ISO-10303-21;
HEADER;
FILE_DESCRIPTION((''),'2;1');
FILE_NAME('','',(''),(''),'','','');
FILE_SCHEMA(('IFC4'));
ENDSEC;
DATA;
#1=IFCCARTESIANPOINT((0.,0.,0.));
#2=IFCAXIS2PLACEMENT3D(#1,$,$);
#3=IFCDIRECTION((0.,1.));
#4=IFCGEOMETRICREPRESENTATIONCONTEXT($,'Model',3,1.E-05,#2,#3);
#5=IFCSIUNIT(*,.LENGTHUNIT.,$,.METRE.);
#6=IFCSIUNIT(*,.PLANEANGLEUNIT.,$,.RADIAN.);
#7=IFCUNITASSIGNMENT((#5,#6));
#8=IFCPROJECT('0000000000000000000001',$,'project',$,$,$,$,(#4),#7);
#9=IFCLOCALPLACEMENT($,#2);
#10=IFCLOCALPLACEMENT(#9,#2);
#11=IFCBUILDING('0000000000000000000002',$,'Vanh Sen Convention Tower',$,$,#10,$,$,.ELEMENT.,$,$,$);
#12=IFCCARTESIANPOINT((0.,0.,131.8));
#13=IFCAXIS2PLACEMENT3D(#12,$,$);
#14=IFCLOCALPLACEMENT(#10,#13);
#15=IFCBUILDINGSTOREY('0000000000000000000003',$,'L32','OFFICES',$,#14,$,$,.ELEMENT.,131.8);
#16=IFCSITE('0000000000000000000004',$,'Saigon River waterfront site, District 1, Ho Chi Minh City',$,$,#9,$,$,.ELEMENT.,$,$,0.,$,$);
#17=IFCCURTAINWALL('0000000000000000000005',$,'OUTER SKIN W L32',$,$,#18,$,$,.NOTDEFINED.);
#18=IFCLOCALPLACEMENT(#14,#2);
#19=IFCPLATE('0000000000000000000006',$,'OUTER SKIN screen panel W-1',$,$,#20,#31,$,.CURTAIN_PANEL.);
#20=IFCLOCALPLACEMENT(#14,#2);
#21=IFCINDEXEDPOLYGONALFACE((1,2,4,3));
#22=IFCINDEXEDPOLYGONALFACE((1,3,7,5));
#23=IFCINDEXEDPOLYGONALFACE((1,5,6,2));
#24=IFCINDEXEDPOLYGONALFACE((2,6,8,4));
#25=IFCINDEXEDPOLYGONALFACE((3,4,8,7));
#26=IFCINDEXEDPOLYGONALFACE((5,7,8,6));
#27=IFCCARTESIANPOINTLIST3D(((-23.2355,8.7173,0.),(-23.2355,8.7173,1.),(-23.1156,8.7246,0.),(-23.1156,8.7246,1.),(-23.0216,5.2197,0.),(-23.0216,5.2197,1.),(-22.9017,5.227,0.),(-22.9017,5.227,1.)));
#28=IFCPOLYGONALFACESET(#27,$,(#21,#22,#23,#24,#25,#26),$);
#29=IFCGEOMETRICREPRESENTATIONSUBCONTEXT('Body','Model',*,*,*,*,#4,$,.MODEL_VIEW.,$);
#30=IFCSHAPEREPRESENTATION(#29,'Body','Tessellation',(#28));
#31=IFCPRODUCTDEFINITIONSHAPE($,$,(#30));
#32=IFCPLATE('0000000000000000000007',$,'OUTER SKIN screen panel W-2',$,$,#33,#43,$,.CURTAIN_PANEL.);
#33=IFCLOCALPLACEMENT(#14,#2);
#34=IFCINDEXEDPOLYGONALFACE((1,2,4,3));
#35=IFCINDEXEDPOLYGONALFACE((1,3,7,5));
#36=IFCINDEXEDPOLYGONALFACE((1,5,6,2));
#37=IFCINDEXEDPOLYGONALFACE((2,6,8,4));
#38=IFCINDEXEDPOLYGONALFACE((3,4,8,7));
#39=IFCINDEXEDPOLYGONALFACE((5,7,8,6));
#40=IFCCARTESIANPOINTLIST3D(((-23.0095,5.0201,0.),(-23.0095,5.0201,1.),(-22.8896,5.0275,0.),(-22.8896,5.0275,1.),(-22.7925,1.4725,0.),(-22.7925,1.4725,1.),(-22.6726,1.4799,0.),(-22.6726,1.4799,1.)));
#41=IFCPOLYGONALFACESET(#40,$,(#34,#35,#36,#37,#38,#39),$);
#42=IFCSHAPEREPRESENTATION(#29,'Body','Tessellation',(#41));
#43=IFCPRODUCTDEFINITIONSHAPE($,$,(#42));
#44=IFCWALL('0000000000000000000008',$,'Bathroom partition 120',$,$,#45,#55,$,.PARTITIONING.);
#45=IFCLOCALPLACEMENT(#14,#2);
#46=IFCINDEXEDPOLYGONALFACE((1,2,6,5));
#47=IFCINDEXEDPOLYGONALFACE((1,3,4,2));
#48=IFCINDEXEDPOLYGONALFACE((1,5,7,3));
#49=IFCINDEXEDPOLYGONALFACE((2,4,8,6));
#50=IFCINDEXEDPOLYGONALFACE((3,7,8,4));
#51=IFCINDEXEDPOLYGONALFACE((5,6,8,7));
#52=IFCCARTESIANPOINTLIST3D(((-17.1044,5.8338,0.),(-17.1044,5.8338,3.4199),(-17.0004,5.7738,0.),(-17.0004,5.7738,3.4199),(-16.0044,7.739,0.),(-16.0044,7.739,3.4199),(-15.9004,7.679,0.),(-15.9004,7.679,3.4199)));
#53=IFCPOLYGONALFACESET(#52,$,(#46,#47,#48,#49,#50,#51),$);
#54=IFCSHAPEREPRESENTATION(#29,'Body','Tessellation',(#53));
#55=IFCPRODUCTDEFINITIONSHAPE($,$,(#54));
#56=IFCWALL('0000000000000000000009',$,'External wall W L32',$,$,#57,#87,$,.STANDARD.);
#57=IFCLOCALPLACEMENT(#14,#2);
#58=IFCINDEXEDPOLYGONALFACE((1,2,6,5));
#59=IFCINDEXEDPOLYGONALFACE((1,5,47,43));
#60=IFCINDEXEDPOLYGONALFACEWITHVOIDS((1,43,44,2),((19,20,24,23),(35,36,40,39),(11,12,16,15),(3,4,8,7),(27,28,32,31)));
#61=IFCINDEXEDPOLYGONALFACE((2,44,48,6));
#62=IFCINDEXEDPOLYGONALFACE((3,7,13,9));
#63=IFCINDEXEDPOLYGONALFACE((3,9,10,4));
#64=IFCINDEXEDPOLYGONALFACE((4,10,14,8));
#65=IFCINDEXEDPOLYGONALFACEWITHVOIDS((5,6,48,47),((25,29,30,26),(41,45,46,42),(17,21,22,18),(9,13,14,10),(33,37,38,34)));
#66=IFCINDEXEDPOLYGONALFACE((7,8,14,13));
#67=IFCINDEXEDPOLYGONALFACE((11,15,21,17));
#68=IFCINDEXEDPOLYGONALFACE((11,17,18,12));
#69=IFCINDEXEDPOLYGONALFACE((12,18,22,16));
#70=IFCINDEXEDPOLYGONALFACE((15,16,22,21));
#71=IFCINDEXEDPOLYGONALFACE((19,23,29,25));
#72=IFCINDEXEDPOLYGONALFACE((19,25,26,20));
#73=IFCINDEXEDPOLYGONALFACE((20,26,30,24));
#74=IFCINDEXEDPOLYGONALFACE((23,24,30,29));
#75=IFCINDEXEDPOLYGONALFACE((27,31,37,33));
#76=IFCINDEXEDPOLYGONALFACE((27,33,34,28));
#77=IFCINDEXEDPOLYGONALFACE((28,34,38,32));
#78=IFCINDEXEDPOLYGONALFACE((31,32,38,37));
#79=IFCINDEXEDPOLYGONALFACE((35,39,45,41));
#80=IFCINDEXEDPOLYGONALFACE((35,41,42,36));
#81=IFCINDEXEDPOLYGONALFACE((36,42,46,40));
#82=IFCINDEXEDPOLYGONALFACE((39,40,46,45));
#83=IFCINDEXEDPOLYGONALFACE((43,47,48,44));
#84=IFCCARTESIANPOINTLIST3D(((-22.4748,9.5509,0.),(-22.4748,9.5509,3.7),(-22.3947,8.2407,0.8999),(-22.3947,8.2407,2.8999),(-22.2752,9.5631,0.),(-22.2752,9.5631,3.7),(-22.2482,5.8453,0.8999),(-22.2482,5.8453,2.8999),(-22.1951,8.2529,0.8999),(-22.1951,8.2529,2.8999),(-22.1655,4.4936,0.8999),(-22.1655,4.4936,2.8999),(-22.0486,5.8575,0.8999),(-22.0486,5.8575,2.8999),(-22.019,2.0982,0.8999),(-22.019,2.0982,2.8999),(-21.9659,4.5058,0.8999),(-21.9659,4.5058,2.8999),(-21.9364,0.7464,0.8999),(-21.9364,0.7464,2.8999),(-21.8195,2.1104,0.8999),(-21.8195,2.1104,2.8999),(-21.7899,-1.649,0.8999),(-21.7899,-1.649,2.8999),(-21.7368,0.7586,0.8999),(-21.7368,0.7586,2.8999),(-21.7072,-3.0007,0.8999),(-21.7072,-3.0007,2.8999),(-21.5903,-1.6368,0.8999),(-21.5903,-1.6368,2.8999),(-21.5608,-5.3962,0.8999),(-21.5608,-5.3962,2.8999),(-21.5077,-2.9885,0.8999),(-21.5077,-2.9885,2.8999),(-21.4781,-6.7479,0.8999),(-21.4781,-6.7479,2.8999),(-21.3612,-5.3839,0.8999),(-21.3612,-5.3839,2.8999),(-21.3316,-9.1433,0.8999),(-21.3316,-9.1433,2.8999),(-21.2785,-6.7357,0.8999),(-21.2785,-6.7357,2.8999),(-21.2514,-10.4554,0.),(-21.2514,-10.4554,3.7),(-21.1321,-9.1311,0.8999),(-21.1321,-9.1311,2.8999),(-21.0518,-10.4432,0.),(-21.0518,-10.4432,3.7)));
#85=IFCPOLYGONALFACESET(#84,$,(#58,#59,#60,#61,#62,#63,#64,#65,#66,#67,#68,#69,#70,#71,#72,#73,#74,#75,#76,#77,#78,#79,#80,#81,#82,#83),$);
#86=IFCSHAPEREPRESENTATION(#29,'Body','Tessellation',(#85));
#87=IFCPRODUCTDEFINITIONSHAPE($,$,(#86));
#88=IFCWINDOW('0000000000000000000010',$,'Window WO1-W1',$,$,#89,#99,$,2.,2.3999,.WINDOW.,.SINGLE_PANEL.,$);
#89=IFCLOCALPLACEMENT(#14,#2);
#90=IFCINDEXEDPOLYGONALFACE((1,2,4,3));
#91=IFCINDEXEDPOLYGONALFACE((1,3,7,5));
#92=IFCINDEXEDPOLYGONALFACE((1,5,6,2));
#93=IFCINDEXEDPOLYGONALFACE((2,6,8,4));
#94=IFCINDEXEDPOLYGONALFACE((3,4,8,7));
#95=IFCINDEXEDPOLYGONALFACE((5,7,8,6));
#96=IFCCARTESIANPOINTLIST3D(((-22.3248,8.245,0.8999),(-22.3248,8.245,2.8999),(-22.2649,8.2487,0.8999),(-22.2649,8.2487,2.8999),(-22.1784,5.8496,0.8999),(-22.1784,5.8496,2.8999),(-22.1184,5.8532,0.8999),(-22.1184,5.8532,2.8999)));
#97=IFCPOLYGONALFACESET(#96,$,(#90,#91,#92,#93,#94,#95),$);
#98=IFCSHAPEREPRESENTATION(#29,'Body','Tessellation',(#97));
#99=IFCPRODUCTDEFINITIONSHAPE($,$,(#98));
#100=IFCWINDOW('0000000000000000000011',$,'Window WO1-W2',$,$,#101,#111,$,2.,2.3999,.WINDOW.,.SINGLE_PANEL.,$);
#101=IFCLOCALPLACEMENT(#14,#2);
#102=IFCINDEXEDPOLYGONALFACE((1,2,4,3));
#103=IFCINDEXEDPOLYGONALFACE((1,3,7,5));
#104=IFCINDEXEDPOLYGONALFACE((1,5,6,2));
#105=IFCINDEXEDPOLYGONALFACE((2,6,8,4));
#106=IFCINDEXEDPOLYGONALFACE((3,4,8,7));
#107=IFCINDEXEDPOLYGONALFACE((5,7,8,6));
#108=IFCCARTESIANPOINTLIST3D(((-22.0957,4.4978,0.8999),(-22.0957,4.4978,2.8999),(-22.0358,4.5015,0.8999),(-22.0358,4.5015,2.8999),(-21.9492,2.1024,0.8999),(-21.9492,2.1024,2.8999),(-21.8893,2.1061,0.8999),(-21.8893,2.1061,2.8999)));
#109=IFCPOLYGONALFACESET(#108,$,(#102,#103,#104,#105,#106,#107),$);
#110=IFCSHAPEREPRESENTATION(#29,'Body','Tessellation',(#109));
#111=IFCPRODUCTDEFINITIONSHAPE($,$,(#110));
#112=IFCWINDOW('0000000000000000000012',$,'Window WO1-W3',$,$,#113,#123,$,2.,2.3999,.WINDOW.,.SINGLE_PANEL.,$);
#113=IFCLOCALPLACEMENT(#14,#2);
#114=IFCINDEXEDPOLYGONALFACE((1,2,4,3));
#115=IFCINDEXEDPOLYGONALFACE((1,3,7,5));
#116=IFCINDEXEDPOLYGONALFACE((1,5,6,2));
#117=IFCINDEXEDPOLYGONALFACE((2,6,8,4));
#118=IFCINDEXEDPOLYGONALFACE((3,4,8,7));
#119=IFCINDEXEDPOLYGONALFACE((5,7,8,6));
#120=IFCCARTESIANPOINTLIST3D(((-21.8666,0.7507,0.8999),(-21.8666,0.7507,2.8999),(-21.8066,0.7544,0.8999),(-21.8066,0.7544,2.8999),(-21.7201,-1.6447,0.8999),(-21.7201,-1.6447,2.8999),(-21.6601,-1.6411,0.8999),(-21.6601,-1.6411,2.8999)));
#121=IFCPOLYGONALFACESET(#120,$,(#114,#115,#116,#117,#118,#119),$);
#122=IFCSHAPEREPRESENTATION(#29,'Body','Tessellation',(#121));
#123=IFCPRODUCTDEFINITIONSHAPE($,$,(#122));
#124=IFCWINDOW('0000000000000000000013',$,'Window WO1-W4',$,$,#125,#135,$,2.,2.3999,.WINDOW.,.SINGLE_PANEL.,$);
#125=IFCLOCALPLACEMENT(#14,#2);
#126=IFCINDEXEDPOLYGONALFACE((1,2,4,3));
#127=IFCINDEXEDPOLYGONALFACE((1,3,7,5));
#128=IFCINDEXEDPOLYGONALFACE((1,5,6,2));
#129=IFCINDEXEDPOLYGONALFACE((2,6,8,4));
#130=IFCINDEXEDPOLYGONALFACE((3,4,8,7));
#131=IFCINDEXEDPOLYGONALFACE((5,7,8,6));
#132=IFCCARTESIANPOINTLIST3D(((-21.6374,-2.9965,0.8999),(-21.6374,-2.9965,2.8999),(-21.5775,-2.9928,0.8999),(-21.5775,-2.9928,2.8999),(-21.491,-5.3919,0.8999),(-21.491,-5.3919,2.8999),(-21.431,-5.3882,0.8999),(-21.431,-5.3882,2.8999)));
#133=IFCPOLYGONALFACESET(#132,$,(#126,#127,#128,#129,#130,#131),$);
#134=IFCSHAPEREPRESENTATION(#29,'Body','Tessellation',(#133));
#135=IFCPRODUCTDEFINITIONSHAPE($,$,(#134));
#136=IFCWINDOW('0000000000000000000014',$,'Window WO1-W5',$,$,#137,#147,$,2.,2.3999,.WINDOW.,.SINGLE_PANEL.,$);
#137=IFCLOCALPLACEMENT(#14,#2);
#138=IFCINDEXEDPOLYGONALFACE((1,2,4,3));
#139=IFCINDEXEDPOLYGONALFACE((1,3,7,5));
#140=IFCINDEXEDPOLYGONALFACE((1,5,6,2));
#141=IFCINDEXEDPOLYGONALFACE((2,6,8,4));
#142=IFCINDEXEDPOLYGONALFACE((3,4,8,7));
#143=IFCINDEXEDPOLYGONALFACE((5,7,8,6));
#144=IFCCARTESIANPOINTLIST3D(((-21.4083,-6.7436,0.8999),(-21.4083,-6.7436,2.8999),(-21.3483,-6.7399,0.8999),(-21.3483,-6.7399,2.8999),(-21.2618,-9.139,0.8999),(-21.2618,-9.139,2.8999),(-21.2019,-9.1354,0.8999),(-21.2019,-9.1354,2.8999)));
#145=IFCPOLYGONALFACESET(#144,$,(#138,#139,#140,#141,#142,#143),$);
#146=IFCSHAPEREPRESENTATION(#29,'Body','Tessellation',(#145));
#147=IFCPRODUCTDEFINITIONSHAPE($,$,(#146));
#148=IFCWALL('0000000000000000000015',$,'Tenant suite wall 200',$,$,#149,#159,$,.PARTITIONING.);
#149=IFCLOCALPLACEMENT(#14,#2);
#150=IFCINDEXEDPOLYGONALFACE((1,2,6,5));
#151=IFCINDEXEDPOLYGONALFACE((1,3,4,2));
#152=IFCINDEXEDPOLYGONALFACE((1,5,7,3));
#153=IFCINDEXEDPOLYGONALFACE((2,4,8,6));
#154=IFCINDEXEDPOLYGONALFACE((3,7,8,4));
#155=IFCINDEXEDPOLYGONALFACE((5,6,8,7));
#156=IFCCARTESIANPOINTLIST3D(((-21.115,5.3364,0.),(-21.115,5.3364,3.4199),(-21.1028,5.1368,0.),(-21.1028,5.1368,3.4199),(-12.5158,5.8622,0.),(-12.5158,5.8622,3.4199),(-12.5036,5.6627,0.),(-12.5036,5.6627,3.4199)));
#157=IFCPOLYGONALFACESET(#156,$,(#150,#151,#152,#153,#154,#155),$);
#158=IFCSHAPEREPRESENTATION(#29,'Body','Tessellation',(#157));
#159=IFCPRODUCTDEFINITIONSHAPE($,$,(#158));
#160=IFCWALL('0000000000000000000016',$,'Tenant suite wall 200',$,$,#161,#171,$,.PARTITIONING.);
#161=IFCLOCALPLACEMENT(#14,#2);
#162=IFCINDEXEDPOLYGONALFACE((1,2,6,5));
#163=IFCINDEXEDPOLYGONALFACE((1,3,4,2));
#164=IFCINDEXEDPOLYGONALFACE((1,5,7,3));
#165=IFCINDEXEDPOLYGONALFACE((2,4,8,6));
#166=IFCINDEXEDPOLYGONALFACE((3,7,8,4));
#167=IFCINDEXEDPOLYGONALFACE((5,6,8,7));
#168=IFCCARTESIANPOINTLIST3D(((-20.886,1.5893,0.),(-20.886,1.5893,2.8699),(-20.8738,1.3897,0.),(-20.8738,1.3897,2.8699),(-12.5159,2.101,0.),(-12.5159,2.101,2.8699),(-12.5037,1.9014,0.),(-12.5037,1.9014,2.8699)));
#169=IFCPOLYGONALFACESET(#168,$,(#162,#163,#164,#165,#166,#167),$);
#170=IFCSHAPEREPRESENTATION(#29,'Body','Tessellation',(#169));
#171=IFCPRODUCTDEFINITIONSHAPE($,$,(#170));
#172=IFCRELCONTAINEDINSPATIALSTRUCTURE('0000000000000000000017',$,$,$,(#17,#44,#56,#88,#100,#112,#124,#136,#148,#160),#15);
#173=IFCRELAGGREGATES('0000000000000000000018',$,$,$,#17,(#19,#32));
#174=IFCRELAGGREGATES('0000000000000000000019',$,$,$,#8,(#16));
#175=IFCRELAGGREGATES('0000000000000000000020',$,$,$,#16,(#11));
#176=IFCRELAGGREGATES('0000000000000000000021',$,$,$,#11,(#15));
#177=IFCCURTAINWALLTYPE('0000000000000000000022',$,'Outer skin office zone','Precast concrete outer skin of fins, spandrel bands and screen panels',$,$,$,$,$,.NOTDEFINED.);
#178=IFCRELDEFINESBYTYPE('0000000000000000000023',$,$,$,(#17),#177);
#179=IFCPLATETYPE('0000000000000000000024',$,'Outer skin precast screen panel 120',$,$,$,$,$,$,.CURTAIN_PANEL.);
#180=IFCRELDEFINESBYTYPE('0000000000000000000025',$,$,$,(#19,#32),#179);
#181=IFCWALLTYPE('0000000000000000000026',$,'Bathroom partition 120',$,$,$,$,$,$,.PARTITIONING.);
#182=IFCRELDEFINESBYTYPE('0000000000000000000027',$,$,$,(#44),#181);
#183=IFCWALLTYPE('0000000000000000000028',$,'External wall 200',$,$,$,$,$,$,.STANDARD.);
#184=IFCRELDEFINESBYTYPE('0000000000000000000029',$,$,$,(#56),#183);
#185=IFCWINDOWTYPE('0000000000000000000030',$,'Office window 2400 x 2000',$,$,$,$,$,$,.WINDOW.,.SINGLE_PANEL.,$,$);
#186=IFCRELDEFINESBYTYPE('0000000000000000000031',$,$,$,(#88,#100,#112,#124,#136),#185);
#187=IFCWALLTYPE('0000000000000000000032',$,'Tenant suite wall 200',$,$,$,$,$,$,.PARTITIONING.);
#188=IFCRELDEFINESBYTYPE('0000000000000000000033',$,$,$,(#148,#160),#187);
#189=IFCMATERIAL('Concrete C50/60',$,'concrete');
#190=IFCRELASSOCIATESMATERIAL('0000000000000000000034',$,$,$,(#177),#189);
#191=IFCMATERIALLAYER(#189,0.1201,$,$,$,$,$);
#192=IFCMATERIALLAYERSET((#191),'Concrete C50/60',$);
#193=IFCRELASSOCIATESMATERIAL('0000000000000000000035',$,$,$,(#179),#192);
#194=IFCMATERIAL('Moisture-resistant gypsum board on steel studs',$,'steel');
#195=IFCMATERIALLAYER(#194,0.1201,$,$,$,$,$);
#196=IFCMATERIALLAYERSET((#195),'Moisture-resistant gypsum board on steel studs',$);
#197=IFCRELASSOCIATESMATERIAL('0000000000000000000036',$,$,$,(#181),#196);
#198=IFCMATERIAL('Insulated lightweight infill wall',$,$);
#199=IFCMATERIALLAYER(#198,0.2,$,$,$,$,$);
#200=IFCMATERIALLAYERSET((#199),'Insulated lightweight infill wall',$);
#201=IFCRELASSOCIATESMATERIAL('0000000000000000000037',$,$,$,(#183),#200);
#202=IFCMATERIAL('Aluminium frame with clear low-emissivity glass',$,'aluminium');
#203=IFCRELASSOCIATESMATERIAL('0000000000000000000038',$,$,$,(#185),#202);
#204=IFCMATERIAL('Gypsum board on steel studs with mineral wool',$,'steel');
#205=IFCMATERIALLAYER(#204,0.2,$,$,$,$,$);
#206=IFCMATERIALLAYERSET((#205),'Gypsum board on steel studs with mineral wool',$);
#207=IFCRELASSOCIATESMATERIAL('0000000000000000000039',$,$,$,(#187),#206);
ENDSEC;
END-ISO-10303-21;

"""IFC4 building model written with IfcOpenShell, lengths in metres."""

from ifc_helpers import new_model, si_unit, direction, frame, frame_2d, origin, origin_2d, place, context, subcontext, project, spatial, rectangle, extrude, material, layer, layer_set, type_object, element, fill, aggregate, save


model = new_model("IFC4")

# Units and contexts
model_context = context("Model", 3, precision=1e-05, world=origin(), true_north=direction((0.0, 1.0)))
body_context = subcontext(model_context, "Body", "Model", "MODEL_VIEW")
ifc_project = project(units=[si_unit("LENGTHUNIT", "METRE"), si_unit("PLANEANGLEUNIT", "RADIAN")], contexts=[model_context])

# Site, building, storey
site_placement = place(None, origin())
site = spatial("IfcSite", under=ifc_project, at=site_placement, Name="Saigon River waterfront site, District 1, Ho Chi Minh City", CompositionType="ELEMENT", RefElevation=0.0)
building_placement = place(site_placement, origin())
building = spatial("IfcBuilding", under=site, at=building_placement, Name="Vanh Sen Convention Tower", CompositionType="ELEMENT")
storey_placement = place(building_placement, frame((0.0, 0.0, 131.8)))
storey = spatial("IfcBuildingStorey", under=building, at=storey_placement, Name="L32", Description="OFFICES", CompositionType="ELEMENT", Elevation=131.8)

# Curtain wall
ifc_material_1 = material(Name="Concrete C50/60", Category="concrete")
curtain_wall_type = type_object("IfcCurtainWallType", Name="Outer skin office zone", Description="Precast concrete outer skin of fins, spandrel bands and screen panels", PredefinedType="NOTDEFINED", material=ifc_material_1)
curtain_wall_1_placement = place(storey_placement, origin())
curtain_wall_1 = element("IfcCurtainWall", 1, at=curtain_wall_1_placement, inside=storey, type_object=curtain_wall_type, Name="OUTER SKIN W L32", PredefinedType="NOTDEFINED")

# Shared definitions
ifc_layer_1 = layer(ifc_material_1, 0.1201)
ifc_layer_set_1 = layer_set([ifc_layer_1], Name="Concrete C50/60")
plate_type = type_object("IfcPlateType", Name="Outer skin precast screen panel 120", PredefinedType="CURTAIN_PANEL", material=ifc_layer_set_1)

# Plates
plate_1_placement = place(storey_placement, frame((-23.0686, 6.9722, 0.0), z_axis=(0.0, 0.0, 1.0), x_axis=(0.061054, -0.998134, 0.0)))
plate_1 = element("IfcPlate", 2, at=plate_1_placement, type_object=plate_type, Name="OUTER SKIN screen panel W-1", PredefinedType="CURTAIN_PANEL", context=body_context, shape_type="SweptSolid", body=[
    extrude(rectangle(XDim=3.5042, YDim=0.1201, at=origin_2d()), origin(), (0.0, 0.0, 1.0), 1.0),
])
plate_2_placement = place(storey_placement, frame((-22.8411, 3.25, 0.0), z_axis=(0.0, 0.0, 1.0), x_axis=(0.061052, -0.998135, 0.0)))
plate_2 = element("IfcPlate", 3, at=plate_2_placement, type_object=plate_type, Name="OUTER SKIN screen panel W-2", PredefinedType="CURTAIN_PANEL", context=body_context, shape_type="SweptSolid", body=[
    extrude(rectangle(XDim=3.5542, YDim=0.1201, at=origin_2d()), origin(), (0.0, 0.0, 1.0), 1.0),
])
aggregate(curtain_wall_1, [plate_1, plate_2])

# Wall
ifc_material_2 = material(Name="Moisture-resistant gypsum board on steel studs", Category="steel")
ifc_layer_2 = layer(ifc_material_2, 0.1201)
ifc_layer_set_2 = layer_set([ifc_layer_2], Name="Moisture-resistant gypsum board on steel studs")
wall_type_1 = type_object("IfcWallType", Name="Bathroom partition 120", PredefinedType="PARTITIONING", material=ifc_layer_set_2)
wall_1_placement = place(storey_placement, frame((-17.0525, 5.8037, 0.0), z_axis=(0.0, 0.0, 1.0), x_axis=(0.50003, 0.866008, 0.0)))
element("IfcWall", 4, at=wall_1_placement, inside=storey, type_object=wall_type_1, Name="Bathroom partition 120", PredefinedType="PARTITIONING", context=body_context, shape_type="SweptSolid", body=[
    extrude(rectangle(XDim=2.2, YDim=0.1201, at=frame_2d((1.1001, 0.0))), origin(), (0.0, 0.0, 1.0), 3.4199),
])

# Wall, openings, windows
ifc_material_3 = material(Name="Insulated lightweight infill wall")
ifc_layer_3 = layer(ifc_material_3, 0.2)
ifc_layer_set_3 = layer_set([ifc_layer_3], Name="Insulated lightweight infill wall")
wall_type_2 = type_object("IfcWallType", Name="External wall 200", PredefinedType="STANDARD", material=ifc_layer_set_3)
wall_2_placement = place(storey_placement, frame((-22.375, 9.5571, 0.0), z_axis=(0.0, 0.0, 1.0), x_axis=(0.061036, -0.998136, 0.0)))
wall_2 = element("IfcWall", 5, at=wall_2_placement, inside=storey, type_object=wall_type_2, Name="External wall W L32", PredefinedType="STANDARD", context=body_context, shape_type="SweptSolid", body=[
    extrude(rectangle(XDim=20.0437, YDim=0.2, at=frame_2d((10.022, 0.0))), origin(), (0.0, 0.0, 1.0), 3.7),
])
opening_1_placement = place(wall_2_placement, frame((1.3127, 0.0, 0.8999)))
opening_1 = element("IfcOpeningElement", 6, at=opening_1_placement, cuts=wall_2, PredefinedType="OPENING", context=body_context, shape_type="SweptSolid", body=[
    extrude(rectangle(XDim=2.3999, YDim=2.0, at=frame_2d((1.2, 1.0))), frame((0.0, 0.1099, 0.0), z_axis=(0.0, -1.0, 0.0), x_axis=(1.0, 0.0, 0.0)), (0.0, 0.0, 1.0), 0.22),
])
opening_2_placement = place(wall_2_placement, frame((5.0669, 0.0, 0.8999)))
opening_2 = element("IfcOpeningElement", 7, at=opening_2_placement, cuts=wall_2, PredefinedType="OPENING", context=body_context, shape_type="SweptSolid", body=[
    extrude(rectangle(XDim=2.3999, YDim=2.0, at=frame_2d((1.2, 1.0))), frame((0.0, 0.1099, 0.0), z_axis=(0.0, -1.0, 0.0), x_axis=(1.0, 0.0, 0.0)), (0.0, 0.0, 1.0), 0.22),
])
opening_3_placement = place(wall_2_placement, frame((8.821, 0.0, 0.8999)))
opening_3 = element("IfcOpeningElement", 8, at=opening_3_placement, cuts=wall_2, PredefinedType="OPENING", context=body_context, shape_type="SweptSolid", body=[
    extrude(rectangle(XDim=2.3999, YDim=2.0, at=frame_2d((1.2, 1.0))), frame((0.0, 0.1099, 0.0), z_axis=(0.0, -1.0, 0.0), x_axis=(1.0, 0.0, 0.0)), (0.0, 0.0, 1.0), 0.22),
])
opening_4_placement = place(wall_2_placement, frame((12.5752, 0.0, 0.8999)))
opening_4 = element("IfcOpeningElement", 9, at=opening_4_placement, cuts=wall_2, PredefinedType="OPENING", context=body_context, shape_type="SweptSolid", body=[
    extrude(rectangle(XDim=2.3999, YDim=2.0, at=frame_2d((1.2, 1.0))), frame((0.0, 0.1099, 0.0), z_axis=(0.0, -1.0, 0.0), x_axis=(1.0, 0.0, 0.0)), (0.0, 0.0, 1.0), 0.22),
])
opening_5_placement = place(wall_2_placement, frame((16.3293, 0.0, 0.8999)))
opening_5 = element("IfcOpeningElement", 10, at=opening_5_placement, cuts=wall_2, PredefinedType="OPENING", context=body_context, shape_type="SweptSolid", body=[
    extrude(rectangle(XDim=2.3999, YDim=2.0, at=frame_2d((1.2, 1.0))), frame((0.0, 0.1099, 0.0), z_axis=(0.0, -1.0, 0.0), x_axis=(1.0, 0.0, 0.0)), (0.0, 0.0, 1.0), 0.22),
])
ifc_material_4 = material(Name="Aluminium frame with clear low-emissivity glass", Category="aluminium")
window_type = type_object("IfcWindowType", Name="Office window 2400 x 2000", PartitioningType="SINGLE_PANEL", PredefinedType="WINDOW", material=ifc_material_4)
window_1_placement = place(opening_1_placement, origin())
window_1 = element("IfcWindow", 11, at=window_1_placement, inside=storey, type_object=window_type, Name="Window WO1-W1", OverallHeight=2.0, OverallWidth=2.3999, PartitioningType="SINGLE_PANEL", PredefinedType="WINDOW", context=body_context, shape_type="SweptSolid", body=[
    extrude(rectangle(XDim=2.3999, YDim=2.0, at=frame_2d((1.2, 1.0))), frame((0.0, 0.03, 0.0), z_axis=(0.0, -1.0, 0.0), x_axis=(1.0, 0.0, 0.0)), (0.0, 0.0, 1.0), 0.0601),
])
fill(opening_1, window_1)
window_2_placement = place(opening_2_placement, origin())
window_2 = element("IfcWindow", 12, at=window_2_placement, inside=storey, type_object=window_type, Name="Window WO1-W2", OverallHeight=2.0, OverallWidth=2.3999, PartitioningType="SINGLE_PANEL", PredefinedType="WINDOW", context=body_context, shape_type="SweptSolid", body=[
    extrude(rectangle(XDim=2.3999, YDim=2.0, at=frame_2d((1.2, 1.0))), frame((0.0, 0.03, 0.0), z_axis=(0.0, -1.0, 0.0), x_axis=(1.0, 0.0, 0.0)), (0.0, 0.0, 1.0), 0.0601),
])
fill(opening_2, window_2)
window_3_placement = place(opening_3_placement, origin())
window_3 = element("IfcWindow", 13, at=window_3_placement, inside=storey, type_object=window_type, Name="Window WO1-W3", OverallHeight=2.0, OverallWidth=2.3999, PartitioningType="SINGLE_PANEL", PredefinedType="WINDOW", context=body_context, shape_type="SweptSolid", body=[
    extrude(rectangle(XDim=2.3999, YDim=2.0, at=frame_2d((1.2, 1.0))), frame((0.0, 0.03, 0.0), z_axis=(0.0, -1.0, 0.0), x_axis=(1.0, 0.0, 0.0)), (0.0, 0.0, 1.0), 0.0601),
])
fill(opening_3, window_3)
window_4_placement = place(opening_4_placement, origin())
window_4 = element("IfcWindow", 14, at=window_4_placement, inside=storey, type_object=window_type, Name="Window WO1-W4", OverallHeight=2.0, OverallWidth=2.3999, PartitioningType="SINGLE_PANEL", PredefinedType="WINDOW", context=body_context, shape_type="SweptSolid", body=[
    extrude(rectangle(XDim=2.3999, YDim=2.0, at=frame_2d((1.2, 1.0))), frame((0.0, 0.03, 0.0), z_axis=(0.0, -1.0, 0.0), x_axis=(1.0, 0.0, 0.0)), (0.0, 0.0, 1.0), 0.0601),
])
fill(opening_4, window_4)
window_5_placement = place(opening_5_placement, origin())
window_5 = element("IfcWindow", 15, at=window_5_placement, inside=storey, type_object=window_type, Name="Window WO1-W5", OverallHeight=2.0, OverallWidth=2.3999, PartitioningType="SINGLE_PANEL", PredefinedType="WINDOW", context=body_context, shape_type="SweptSolid", body=[
    extrude(rectangle(XDim=2.3999, YDim=2.0, at=frame_2d((1.2, 1.0))), frame((0.0, 0.03, 0.0), z_axis=(0.0, -1.0, 0.0), x_axis=(1.0, 0.0, 0.0)), (0.0, 0.0, 1.0), 0.0601),
])
fill(opening_5, window_5)

# Walls
ifc_material_5 = material(Name="Gypsum board on steel studs with mineral wool", Category="steel")
ifc_layer_4 = layer(ifc_material_5, 0.2)
ifc_layer_set_4 = layer_set([ifc_layer_4], Name="Gypsum board on steel studs with mineral wool")
wall_type_3 = type_object("IfcWallType", Name="Tenant suite wall 200", PredefinedType="PARTITIONING", material=ifc_layer_set_4)
wall_3_placement = place(storey_placement, frame((-21.1089, 5.2366, 0.0), z_axis=(0.0, 0.0, 1.0), x_axis=(0.998135, 0.061041, 0.0)))
element("IfcWall", 16, at=wall_3_placement, inside=storey, type_object=wall_type_3, Name="Tenant suite wall 200", PredefinedType="PARTITIONING", context=body_context, shape_type="SweptSolid", body=[
    extrude(rectangle(XDim=8.6152, YDim=0.2, at=frame_2d((4.3076, 0.0))), origin(), (0.0, 0.0, 1.0), 3.4199),
])
wall_4_placement = place(storey_placement, frame((-20.8799, 1.4895, 0.0), z_axis=(0.0, 0.0, 1.0), x_axis=(0.998136, 0.061022, 0.0)))
element("IfcWall", 17, at=wall_4_placement, inside=storey, type_object=wall_type_3, Name="Tenant suite wall 200", PredefinedType="PARTITIONING", context=body_context, shape_type="SweptSolid", body=[
    extrude(rectangle(XDim=8.3857, YDim=0.2, at=frame_2d((4.1929, 0.0))), origin(), (0.0, 0.0, 1.0), 2.8699),
])

save(model, "model.ifc")
